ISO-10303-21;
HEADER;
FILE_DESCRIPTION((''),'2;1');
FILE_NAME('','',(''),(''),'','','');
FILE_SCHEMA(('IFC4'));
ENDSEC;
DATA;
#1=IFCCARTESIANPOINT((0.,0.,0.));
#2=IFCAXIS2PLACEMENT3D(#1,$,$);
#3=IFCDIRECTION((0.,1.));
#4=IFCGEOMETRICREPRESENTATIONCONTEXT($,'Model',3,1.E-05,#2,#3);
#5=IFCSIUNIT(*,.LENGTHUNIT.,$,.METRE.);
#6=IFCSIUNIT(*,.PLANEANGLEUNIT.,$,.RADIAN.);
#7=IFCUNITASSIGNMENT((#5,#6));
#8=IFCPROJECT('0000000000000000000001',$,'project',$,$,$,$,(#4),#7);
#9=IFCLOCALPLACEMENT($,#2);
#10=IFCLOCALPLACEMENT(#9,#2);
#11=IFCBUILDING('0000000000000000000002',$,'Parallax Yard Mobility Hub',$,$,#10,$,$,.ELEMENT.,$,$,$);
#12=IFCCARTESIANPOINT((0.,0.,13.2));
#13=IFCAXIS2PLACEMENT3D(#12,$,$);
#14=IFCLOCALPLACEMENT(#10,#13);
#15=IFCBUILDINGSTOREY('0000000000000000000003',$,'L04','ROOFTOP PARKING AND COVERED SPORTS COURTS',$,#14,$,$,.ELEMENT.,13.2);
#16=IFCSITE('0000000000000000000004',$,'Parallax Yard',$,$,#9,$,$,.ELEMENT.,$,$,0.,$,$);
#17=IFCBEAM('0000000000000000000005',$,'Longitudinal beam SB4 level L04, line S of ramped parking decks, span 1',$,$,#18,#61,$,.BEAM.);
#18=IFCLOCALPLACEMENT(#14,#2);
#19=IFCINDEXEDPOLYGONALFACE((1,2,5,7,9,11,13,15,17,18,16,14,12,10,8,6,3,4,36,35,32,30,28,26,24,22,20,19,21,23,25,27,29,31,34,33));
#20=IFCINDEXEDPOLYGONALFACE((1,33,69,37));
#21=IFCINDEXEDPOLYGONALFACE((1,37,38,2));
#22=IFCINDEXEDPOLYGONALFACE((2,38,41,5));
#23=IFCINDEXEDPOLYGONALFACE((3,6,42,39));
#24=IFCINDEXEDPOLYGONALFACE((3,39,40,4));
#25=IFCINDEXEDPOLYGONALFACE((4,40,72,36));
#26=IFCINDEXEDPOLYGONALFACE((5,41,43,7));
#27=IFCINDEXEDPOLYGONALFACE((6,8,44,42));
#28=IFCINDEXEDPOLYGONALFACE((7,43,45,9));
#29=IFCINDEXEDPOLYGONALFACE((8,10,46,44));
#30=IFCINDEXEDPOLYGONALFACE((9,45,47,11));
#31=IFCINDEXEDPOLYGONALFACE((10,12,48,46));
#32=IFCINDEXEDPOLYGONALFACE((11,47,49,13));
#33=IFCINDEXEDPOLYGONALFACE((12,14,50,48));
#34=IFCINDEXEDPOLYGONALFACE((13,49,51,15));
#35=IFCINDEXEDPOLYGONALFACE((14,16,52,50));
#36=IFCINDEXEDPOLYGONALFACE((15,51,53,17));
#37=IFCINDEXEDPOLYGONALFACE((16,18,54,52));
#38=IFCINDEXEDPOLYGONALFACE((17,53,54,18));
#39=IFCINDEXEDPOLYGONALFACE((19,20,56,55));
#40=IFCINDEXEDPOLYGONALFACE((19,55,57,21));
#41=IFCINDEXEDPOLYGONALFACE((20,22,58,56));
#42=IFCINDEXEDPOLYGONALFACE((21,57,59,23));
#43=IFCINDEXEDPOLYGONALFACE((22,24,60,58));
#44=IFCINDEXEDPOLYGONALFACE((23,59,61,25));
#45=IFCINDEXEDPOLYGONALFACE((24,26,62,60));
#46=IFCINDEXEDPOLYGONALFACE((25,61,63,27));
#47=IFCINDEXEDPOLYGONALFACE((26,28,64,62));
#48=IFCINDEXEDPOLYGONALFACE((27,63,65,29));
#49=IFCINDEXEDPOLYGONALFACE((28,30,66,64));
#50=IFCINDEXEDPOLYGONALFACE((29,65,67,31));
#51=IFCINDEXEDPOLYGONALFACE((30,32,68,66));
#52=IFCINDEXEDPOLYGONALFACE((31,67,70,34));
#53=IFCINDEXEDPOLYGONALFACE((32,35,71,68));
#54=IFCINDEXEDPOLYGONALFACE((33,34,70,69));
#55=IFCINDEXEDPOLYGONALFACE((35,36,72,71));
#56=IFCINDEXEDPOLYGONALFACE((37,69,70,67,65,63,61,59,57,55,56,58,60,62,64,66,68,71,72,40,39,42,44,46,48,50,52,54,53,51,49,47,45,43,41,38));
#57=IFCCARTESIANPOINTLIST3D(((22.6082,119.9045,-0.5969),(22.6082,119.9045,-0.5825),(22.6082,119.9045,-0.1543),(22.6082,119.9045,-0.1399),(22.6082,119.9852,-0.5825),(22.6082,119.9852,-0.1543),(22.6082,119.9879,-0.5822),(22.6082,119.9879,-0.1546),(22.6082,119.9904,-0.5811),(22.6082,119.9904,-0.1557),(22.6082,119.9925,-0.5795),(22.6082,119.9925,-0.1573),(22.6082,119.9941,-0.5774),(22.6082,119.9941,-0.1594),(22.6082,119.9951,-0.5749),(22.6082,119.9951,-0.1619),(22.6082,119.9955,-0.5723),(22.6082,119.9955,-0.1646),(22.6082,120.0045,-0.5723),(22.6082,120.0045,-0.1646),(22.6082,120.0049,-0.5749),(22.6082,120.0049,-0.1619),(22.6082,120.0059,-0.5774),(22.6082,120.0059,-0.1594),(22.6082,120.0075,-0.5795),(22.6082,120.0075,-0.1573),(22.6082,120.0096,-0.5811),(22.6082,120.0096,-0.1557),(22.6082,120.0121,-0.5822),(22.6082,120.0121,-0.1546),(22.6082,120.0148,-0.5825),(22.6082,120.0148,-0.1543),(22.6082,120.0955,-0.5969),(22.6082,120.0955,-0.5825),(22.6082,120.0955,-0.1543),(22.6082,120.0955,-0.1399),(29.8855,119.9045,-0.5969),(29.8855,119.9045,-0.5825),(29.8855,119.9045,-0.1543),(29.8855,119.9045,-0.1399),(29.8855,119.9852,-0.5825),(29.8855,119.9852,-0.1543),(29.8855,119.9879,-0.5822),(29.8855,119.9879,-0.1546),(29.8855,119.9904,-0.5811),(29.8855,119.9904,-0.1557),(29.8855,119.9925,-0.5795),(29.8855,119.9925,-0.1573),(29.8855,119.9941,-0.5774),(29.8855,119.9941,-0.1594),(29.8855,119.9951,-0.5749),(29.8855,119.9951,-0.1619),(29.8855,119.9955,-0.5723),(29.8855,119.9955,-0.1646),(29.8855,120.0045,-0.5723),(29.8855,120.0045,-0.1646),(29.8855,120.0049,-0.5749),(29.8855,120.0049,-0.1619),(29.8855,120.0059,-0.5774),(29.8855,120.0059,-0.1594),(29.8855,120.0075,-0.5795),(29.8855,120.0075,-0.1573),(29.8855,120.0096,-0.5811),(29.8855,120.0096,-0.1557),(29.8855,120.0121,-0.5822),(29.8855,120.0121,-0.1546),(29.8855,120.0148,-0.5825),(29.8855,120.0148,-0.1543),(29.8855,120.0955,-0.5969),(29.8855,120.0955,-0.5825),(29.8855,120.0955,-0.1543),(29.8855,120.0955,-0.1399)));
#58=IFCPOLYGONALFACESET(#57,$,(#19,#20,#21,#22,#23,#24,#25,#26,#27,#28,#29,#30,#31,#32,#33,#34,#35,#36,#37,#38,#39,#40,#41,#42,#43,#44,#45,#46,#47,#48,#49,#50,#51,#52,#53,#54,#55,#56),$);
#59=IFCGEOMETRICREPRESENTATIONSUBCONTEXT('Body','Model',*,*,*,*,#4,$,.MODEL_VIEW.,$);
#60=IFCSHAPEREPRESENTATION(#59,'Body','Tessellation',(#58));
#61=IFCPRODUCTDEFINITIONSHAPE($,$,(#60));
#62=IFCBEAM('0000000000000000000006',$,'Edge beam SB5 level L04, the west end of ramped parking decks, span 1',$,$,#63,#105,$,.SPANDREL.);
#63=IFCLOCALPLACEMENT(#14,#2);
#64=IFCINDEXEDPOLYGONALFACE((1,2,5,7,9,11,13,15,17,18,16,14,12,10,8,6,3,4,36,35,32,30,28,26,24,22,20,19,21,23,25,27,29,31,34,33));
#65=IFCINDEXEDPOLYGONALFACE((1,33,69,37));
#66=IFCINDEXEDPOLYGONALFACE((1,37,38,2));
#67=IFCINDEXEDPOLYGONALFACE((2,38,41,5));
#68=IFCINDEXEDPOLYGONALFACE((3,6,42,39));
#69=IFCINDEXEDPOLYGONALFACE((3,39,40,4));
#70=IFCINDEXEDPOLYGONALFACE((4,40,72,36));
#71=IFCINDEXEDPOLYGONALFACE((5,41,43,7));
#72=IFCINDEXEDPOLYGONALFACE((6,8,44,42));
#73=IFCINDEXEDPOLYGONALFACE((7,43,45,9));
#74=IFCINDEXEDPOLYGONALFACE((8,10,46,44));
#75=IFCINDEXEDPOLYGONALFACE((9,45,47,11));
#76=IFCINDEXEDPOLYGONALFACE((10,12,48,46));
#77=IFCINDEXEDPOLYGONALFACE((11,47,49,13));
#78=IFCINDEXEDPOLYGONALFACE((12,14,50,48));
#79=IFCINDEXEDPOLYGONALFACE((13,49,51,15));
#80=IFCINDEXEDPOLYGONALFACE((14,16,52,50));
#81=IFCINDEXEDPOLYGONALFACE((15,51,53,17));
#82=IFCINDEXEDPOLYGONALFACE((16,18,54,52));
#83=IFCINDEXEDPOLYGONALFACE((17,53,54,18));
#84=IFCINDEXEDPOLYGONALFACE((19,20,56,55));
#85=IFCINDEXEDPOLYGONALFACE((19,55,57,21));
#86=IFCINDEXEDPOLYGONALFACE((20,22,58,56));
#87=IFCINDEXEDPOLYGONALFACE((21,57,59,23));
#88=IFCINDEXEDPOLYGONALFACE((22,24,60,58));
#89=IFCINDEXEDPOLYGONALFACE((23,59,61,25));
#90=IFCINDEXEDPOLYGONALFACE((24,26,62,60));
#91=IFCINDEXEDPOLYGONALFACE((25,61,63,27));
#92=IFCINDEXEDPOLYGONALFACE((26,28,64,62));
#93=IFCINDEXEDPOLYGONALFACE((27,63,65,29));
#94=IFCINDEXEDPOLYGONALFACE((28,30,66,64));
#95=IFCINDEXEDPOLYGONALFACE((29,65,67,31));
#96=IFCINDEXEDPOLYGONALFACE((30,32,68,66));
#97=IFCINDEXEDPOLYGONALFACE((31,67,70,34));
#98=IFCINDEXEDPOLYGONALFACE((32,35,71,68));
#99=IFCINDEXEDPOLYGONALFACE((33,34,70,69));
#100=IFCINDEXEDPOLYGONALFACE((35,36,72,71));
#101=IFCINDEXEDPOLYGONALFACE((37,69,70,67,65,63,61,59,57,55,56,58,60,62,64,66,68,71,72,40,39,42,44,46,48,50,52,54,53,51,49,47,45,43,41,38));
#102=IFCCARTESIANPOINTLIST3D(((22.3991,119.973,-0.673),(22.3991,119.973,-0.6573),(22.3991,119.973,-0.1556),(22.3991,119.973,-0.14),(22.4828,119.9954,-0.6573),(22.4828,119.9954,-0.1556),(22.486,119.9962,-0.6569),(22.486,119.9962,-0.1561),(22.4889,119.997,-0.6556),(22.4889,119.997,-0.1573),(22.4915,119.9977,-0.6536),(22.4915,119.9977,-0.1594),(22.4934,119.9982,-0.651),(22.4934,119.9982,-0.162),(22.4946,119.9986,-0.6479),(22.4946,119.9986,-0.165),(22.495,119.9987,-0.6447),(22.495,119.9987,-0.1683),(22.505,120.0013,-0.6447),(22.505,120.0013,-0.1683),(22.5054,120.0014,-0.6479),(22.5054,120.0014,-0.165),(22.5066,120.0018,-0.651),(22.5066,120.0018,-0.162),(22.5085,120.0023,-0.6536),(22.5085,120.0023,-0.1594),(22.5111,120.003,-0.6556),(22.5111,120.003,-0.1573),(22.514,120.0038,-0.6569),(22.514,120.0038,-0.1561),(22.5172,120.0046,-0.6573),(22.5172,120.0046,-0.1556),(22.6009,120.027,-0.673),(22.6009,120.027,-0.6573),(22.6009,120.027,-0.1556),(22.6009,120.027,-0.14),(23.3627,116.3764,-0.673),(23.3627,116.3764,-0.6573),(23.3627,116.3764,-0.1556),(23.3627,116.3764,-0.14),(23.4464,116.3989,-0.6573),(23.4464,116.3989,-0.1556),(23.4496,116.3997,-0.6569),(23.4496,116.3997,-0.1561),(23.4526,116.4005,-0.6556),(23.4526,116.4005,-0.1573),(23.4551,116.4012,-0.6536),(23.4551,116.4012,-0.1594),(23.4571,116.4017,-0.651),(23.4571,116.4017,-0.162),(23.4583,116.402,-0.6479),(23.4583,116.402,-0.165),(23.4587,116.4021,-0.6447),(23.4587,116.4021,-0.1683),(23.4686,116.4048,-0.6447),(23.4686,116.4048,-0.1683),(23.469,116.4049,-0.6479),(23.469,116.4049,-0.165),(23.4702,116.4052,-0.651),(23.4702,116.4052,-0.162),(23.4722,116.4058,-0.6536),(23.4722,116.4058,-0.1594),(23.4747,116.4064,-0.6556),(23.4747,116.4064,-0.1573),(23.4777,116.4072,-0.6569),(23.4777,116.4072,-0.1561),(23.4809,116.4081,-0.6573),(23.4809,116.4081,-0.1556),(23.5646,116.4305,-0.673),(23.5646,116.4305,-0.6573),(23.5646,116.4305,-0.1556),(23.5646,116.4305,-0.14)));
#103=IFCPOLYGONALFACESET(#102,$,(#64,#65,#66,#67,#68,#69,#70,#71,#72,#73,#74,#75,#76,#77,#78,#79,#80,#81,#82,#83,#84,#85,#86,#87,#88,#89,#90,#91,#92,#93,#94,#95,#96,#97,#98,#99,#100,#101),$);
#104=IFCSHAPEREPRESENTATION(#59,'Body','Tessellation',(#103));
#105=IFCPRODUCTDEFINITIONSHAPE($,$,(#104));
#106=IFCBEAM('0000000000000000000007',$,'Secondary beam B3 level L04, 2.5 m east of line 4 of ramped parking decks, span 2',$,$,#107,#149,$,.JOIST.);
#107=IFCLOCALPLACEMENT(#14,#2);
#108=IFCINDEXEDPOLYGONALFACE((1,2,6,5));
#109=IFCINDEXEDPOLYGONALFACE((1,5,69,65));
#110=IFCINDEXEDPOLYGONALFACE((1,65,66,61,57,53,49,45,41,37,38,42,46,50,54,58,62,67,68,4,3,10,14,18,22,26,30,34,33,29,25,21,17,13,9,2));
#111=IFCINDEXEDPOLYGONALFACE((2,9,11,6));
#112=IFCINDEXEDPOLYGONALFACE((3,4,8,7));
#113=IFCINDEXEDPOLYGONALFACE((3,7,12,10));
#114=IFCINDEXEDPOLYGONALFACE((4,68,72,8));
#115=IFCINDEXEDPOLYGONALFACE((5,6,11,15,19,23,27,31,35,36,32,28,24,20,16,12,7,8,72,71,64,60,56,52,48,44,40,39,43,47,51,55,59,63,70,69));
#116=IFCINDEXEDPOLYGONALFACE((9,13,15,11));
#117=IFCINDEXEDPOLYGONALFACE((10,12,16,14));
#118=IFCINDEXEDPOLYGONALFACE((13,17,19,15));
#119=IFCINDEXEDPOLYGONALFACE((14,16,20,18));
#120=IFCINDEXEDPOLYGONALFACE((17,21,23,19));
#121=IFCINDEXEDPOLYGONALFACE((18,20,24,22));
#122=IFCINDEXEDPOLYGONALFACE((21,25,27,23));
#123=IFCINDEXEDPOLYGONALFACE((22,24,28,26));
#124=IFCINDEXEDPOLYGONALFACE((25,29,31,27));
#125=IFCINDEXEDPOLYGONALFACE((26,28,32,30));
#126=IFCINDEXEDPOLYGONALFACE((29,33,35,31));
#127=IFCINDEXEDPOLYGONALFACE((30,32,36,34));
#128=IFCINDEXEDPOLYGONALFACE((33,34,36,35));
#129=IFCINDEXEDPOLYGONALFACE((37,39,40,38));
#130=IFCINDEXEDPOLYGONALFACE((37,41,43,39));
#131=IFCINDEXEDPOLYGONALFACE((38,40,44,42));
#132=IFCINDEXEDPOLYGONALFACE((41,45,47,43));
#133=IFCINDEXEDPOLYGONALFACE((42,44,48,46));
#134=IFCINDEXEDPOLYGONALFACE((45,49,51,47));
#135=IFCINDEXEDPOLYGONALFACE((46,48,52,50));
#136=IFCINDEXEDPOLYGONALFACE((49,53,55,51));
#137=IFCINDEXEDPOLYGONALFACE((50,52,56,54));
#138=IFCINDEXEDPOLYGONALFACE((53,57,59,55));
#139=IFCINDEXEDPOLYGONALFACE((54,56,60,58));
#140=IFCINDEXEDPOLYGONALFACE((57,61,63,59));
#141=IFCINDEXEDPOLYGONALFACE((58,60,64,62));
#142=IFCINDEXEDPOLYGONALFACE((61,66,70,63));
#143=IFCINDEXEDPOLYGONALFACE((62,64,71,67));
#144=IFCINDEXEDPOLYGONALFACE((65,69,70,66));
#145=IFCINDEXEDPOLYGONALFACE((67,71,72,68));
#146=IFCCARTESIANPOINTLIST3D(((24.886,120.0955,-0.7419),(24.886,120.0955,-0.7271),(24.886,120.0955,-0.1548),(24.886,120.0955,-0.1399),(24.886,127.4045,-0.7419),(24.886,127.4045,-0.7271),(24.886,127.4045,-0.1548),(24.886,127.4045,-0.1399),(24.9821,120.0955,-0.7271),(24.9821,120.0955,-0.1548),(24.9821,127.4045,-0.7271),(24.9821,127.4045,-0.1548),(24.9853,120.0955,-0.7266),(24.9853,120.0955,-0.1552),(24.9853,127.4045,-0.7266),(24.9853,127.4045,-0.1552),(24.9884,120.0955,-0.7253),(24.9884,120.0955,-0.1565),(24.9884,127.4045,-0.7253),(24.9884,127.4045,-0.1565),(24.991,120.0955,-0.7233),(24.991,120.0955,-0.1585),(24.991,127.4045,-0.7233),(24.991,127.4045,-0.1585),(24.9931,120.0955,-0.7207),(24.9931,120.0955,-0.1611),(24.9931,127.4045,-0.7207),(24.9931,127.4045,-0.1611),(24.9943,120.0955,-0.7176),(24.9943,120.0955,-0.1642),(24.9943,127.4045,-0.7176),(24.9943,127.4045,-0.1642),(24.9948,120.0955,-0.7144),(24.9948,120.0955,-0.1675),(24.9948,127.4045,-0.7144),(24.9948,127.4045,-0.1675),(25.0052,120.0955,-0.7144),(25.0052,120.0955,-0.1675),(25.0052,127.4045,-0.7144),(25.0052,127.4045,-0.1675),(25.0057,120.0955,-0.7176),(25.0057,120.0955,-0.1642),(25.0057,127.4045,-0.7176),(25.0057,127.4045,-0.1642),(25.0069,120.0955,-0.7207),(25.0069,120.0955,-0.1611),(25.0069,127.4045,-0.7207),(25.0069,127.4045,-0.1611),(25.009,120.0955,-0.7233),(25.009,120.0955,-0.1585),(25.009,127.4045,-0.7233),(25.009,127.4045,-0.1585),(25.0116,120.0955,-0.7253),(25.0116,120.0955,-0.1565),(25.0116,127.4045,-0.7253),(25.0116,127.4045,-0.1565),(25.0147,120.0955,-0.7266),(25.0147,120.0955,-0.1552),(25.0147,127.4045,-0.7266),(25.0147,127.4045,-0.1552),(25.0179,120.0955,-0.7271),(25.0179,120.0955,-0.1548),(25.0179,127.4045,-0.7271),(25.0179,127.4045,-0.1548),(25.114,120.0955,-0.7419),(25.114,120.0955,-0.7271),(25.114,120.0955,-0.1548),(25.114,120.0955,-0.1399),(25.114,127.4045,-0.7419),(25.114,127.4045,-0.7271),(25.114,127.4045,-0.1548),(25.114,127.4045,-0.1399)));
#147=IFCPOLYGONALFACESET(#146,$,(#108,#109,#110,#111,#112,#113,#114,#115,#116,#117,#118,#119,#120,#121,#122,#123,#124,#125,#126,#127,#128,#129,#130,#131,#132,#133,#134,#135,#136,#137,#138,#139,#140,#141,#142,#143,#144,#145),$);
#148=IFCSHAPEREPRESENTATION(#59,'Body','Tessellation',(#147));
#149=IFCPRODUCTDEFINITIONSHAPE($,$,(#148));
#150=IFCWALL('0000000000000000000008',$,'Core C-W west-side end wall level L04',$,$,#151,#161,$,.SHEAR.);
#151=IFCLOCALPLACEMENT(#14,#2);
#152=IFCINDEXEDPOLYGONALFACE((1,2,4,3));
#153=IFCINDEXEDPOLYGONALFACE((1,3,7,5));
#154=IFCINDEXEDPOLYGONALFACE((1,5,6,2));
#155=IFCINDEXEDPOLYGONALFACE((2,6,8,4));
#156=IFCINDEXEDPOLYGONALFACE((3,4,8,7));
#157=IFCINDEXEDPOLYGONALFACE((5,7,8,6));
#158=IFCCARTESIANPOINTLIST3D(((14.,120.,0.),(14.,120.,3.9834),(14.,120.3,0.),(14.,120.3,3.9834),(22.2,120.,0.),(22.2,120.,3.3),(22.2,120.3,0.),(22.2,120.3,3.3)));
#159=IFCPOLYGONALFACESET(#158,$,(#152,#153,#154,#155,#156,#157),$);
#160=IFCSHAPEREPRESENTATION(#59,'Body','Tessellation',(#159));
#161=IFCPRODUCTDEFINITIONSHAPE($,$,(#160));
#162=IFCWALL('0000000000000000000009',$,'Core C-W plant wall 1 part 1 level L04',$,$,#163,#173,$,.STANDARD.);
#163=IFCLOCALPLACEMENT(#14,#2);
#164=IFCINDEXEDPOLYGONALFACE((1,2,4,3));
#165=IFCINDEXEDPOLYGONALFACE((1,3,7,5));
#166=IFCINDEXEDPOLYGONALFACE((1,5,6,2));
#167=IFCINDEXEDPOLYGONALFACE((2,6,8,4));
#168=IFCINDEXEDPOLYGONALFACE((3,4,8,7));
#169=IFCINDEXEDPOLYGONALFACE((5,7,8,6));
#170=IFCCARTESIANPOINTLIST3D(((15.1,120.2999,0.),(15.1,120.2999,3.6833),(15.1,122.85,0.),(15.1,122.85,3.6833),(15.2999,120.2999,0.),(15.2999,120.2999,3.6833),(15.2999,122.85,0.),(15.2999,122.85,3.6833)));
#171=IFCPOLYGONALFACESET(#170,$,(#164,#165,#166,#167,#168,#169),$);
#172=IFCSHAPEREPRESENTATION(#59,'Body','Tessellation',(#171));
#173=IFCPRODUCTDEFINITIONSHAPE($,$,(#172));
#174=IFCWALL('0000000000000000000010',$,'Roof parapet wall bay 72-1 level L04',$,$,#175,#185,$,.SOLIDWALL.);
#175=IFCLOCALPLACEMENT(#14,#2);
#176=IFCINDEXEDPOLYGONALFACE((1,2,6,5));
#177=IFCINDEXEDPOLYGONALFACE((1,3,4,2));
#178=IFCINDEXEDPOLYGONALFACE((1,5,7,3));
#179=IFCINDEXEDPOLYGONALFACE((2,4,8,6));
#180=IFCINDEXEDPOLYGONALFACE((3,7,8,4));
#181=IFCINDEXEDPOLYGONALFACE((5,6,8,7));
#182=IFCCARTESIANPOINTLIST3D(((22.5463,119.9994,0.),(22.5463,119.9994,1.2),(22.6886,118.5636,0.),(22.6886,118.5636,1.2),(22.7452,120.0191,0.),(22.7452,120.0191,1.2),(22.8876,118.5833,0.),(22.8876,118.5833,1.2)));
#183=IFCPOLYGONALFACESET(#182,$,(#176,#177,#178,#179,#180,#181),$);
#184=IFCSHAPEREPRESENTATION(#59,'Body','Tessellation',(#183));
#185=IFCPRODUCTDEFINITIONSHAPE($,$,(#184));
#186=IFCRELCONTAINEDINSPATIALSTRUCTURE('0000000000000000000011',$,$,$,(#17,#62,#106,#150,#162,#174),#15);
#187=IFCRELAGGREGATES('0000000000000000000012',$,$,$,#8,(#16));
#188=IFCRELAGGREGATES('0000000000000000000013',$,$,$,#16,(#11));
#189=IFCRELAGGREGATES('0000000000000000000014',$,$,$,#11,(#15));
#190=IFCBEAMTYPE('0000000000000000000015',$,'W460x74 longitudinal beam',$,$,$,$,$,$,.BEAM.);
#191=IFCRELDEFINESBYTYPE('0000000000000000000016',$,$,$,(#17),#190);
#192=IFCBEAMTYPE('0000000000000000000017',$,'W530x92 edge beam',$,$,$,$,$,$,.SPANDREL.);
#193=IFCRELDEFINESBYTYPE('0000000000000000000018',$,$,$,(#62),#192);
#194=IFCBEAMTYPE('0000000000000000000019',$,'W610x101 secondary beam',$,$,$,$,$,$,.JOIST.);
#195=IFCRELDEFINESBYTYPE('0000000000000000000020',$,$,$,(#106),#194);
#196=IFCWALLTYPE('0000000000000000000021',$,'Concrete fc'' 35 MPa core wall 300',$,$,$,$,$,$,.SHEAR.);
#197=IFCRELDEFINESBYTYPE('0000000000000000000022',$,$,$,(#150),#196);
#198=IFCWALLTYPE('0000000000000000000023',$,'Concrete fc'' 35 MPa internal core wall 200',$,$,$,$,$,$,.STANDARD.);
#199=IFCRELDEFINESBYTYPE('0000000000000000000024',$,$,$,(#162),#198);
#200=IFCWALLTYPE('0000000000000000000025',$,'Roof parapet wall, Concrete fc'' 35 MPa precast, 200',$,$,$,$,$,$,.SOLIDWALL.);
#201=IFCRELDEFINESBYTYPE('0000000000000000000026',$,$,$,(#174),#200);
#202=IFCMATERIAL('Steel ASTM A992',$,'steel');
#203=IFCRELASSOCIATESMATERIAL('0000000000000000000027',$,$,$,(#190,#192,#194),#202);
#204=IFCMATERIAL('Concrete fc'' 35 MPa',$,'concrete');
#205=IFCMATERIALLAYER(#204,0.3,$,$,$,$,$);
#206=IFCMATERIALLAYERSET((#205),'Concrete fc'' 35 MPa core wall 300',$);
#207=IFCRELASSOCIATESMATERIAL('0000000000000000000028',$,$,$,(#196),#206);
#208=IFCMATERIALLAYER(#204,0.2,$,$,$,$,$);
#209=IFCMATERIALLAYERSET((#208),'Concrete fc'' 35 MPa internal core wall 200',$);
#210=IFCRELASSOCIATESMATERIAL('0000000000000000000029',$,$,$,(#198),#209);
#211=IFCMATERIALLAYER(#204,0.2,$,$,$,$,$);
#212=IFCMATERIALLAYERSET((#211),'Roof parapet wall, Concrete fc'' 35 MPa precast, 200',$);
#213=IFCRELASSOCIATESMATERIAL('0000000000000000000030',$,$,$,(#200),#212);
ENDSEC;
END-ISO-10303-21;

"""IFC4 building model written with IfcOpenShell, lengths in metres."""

from ifc_helpers import new_model, si_unit, direction, frame, frame_2d, origin, origin_2d, place, context, subcontext, project, spatial, polyline, rectangle, i_section, outline, extrude, material, layer, layer_set, material_profile, profile_set, type_object, element, save


model = new_model("IFC4")

# Units and contexts
model_context = context("Model", 3, precision=1e-05, world=origin(), true_north=direction((0.0, 1.0)))
body_context = subcontext(model_context, "Body", "Model", "MODEL_VIEW")
ifc_project = project(units=[si_unit("LENGTHUNIT", "METRE"), si_unit("PLANEANGLEUNIT", "RADIAN")], contexts=[model_context])

# Site, building, storey
site_placement = place(None, origin())
site = spatial("IfcSite", under=ifc_project, at=site_placement, Name="Parallax Yard", CompositionType="ELEMENT", RefElevation=0.0)
building_placement = place(site_placement, origin())
building = spatial("IfcBuilding", under=site, at=building_placement, Name="Parallax Yard Mobility Hub", CompositionType="ELEMENT")
storey_placement = place(building_placement, frame((0.0, 0.0, 13.2)))
storey = spatial("IfcBuildingStorey", under=building, at=storey_placement, Name="L04", Description="ROOFTOP PARKING AND COVERED SPORTS COURTS", CompositionType="ELEMENT", Elevation=13.2)

# Beams
ifc_material_1 = material(Name="Steel ASTM A992", Category="steel")
ifc_material_profile_1 = material_profile(ifc_material_1, i_section(OverallWidth=0.1909, OverallDepth=0.457, WebThickness=0.009, FlangeThickness=0.0144, FilletRadius=0.0103, at=origin_2d()), Name="W460x74")
ifc_profile_set_1 = profile_set([ifc_material_profile_1], Name="Steel ASTM A992")
beam_type_1 = type_object("IfcBeamType", Name="W460x74 longitudinal beam", PredefinedType="BEAM", material=ifc_profile_set_1)
beam_1_placement = place(storey_placement, frame((22.6082, 120.0, -0.3684), z_axis=(1.0, 0.0, 0.0), x_axis=(0.0, 1.0, 0.0)))
element("IfcBeam", 1, at=beam_1_placement, inside=storey, type_object=beam_type_1, Name="Longitudinal beam SB4 level L04, line S of ramped parking decks, span 1", PredefinedType="BEAM", context=body_context, shape_type="SweptSolid", body=[
    extrude(i_section(OverallWidth=0.1909, OverallDepth=0.457, WebThickness=0.009, FlangeThickness=0.0144, FilletRadius=0.0103, at=origin_2d()), origin(), (0.0, 0.0, 1.0), 7.2773),
])
ifc_material_profile_2 = material_profile(ifc_material_1, i_section(OverallWidth=0.209, OverallDepth=0.533, WebThickness=0.0103, FlangeThickness=0.0156, FilletRadius=0.0127, at=origin_2d()), Name="W530x92")
ifc_profile_set_2 = profile_set([ifc_material_profile_2], Name="Steel ASTM A992")
beam_type_2 = type_object("IfcBeamType", Name="W530x92 edge beam", PredefinedType="SPANDREL", material=ifc_profile_set_2)
beam_2_placement = place(storey_placement, frame((22.5, 120.0, -0.4065), z_axis=(0.258809, -0.965928, 0.0), x_axis=(0.965928, 0.258809, 0.0)))
element("IfcBeam", 2, at=beam_2_placement, inside=storey, type_object=beam_type_2, Name="Edge beam SB5 level L04, the west end of ramped parking decks, span 1", PredefinedType="SPANDREL", context=body_context, shape_type="SweptSolid", body=[
    extrude(i_section(OverallWidth=0.209, OverallDepth=0.533, WebThickness=0.0103, FlangeThickness=0.0156, FilletRadius=0.0127, at=origin_2d()), origin(), (0.0, 0.0, 1.0), 3.7234),
])
ifc_material_profile_3 = material_profile(ifc_material_1, i_section(OverallWidth=0.228, OverallDepth=0.6021, WebThickness=0.0105, FlangeThickness=0.0149, FilletRadius=0.0127, at=origin_2d()), Name="W610x101")
ifc_profile_set_3 = profile_set([ifc_material_profile_3], Name="Steel ASTM A992")
beam_type_3 = type_object("IfcBeamType", Name="W610x101 secondary beam", PredefinedType="JOIST", material=ifc_profile_set_3)
beam_3_placement = place(storey_placement, frame((25.0, 120.0955, -0.4409), z_axis=(0.0, 1.0, 0.0), x_axis=(-1.0, 0.0, 0.0)))
element("IfcBeam", 3, at=beam_3_placement, inside=storey, type_object=beam_type_3, Name="Secondary beam B3 level L04, 2.5 m east of line 4 of ramped parking decks, span 2", PredefinedType="JOIST", context=body_context, shape_type="SweptSolid", body=[
    extrude(i_section(OverallWidth=0.228, OverallDepth=0.6021, WebThickness=0.0105, FlangeThickness=0.0149, FilletRadius=0.0127, at=origin_2d()), origin(), (0.0, 0.0, 1.0), 7.3091),
])

# Walls
ifc_material_2 = material(Name="Concrete fc' 35 MPa", Category="concrete")
ifc_layer_1 = layer(ifc_material_2, 0.3)
ifc_layer_set_1 = layer_set([ifc_layer_1], Name="Concrete fc' 35 MPa core wall 300")
wall_type_1 = type_object("IfcWallType", Name="Concrete fc' 35 MPa core wall 300", PredefinedType="SHEAR", material=ifc_layer_set_1)
wall_1_placement = place(storey_placement, frame((22.2, 120.1499, 0.0), z_axis=(0.0, 0.0, 1.0), x_axis=(-1.0, 0.0, 0.0)))
element("IfcWall", 4, at=wall_1_placement, inside=storey, type_object=wall_type_1, Name="Core C-W west-side end wall level L04", PredefinedType="SHEAR", context=body_context, shape_type="SweptSolid", body=[
    extrude(outline(polyline([(0.0, 0.0), (8.2, 0.0), (8.2, 3.9834), (0.0, 3.3), (0.0, 0.0)])), frame((0.0, 0.1499, 0.0), z_axis=(0.0, -1.0, 0.0), x_axis=(1.0, 0.0, 0.0)), (0.0, 0.0, 1.0), 0.3),
])
ifc_layer_2 = layer(ifc_material_2, 0.2)
ifc_layer_set_2 = layer_set([ifc_layer_2], Name="Concrete fc' 35 MPa internal core wall 200")
wall_type_2 = type_object("IfcWallType", Name="Concrete fc' 35 MPa internal core wall 200", PredefinedType="STANDARD", material=ifc_layer_set_2)
wall_2_placement = place(storey_placement, frame((15.2, 120.3, 0.0), z_axis=(0.0, 0.0, 1.0), x_axis=(0.0, 1.0, 0.0)))
element("IfcWall", 5, at=wall_2_placement, inside=storey, type_object=wall_type_2, Name="Core C-W plant wall 1 part 1 level L04", PredefinedType="STANDARD", context=body_context, shape_type="SweptSolid", body=[
    extrude(rectangle(XDim=2.55, YDim=0.2, at=frame_2d((1.2749, 0.0))), origin(), (0.0, 0.0, 1.0), 3.6833),
])
ifc_layer_3 = layer(ifc_material_2, 0.2)
ifc_layer_set_3 = layer_set([ifc_layer_3], Name="Roof parapet wall, Concrete fc' 35 MPa precast, 200")
wall_type_3 = type_object("IfcWallType", Name="Roof parapet wall, Concrete fc' 35 MPa precast, 200", PredefinedType="SOLIDWALL", material=ifc_layer_set_3)
wall_3_placement = place(storey_placement, frame((22.6458, 120.0093, 0.0), z_axis=(0.0, 0.0, 1.0), x_axis=(0.098649, -0.995122, 0.0)))
element("IfcWall", 6, at=wall_3_placement, inside=storey, type_object=wall_type_3, Name="Roof parapet wall bay 72-1 level L04", PredefinedType="SOLIDWALL", context=body_context, shape_type="SweptSolid", body=[
    extrude(rectangle(XDim=1.4429, YDim=0.2, at=frame_2d((0.7214, 0.0))), origin(), (0.0, 0.0, 1.0), 1.2),
])

save(model, "model.ifc")
